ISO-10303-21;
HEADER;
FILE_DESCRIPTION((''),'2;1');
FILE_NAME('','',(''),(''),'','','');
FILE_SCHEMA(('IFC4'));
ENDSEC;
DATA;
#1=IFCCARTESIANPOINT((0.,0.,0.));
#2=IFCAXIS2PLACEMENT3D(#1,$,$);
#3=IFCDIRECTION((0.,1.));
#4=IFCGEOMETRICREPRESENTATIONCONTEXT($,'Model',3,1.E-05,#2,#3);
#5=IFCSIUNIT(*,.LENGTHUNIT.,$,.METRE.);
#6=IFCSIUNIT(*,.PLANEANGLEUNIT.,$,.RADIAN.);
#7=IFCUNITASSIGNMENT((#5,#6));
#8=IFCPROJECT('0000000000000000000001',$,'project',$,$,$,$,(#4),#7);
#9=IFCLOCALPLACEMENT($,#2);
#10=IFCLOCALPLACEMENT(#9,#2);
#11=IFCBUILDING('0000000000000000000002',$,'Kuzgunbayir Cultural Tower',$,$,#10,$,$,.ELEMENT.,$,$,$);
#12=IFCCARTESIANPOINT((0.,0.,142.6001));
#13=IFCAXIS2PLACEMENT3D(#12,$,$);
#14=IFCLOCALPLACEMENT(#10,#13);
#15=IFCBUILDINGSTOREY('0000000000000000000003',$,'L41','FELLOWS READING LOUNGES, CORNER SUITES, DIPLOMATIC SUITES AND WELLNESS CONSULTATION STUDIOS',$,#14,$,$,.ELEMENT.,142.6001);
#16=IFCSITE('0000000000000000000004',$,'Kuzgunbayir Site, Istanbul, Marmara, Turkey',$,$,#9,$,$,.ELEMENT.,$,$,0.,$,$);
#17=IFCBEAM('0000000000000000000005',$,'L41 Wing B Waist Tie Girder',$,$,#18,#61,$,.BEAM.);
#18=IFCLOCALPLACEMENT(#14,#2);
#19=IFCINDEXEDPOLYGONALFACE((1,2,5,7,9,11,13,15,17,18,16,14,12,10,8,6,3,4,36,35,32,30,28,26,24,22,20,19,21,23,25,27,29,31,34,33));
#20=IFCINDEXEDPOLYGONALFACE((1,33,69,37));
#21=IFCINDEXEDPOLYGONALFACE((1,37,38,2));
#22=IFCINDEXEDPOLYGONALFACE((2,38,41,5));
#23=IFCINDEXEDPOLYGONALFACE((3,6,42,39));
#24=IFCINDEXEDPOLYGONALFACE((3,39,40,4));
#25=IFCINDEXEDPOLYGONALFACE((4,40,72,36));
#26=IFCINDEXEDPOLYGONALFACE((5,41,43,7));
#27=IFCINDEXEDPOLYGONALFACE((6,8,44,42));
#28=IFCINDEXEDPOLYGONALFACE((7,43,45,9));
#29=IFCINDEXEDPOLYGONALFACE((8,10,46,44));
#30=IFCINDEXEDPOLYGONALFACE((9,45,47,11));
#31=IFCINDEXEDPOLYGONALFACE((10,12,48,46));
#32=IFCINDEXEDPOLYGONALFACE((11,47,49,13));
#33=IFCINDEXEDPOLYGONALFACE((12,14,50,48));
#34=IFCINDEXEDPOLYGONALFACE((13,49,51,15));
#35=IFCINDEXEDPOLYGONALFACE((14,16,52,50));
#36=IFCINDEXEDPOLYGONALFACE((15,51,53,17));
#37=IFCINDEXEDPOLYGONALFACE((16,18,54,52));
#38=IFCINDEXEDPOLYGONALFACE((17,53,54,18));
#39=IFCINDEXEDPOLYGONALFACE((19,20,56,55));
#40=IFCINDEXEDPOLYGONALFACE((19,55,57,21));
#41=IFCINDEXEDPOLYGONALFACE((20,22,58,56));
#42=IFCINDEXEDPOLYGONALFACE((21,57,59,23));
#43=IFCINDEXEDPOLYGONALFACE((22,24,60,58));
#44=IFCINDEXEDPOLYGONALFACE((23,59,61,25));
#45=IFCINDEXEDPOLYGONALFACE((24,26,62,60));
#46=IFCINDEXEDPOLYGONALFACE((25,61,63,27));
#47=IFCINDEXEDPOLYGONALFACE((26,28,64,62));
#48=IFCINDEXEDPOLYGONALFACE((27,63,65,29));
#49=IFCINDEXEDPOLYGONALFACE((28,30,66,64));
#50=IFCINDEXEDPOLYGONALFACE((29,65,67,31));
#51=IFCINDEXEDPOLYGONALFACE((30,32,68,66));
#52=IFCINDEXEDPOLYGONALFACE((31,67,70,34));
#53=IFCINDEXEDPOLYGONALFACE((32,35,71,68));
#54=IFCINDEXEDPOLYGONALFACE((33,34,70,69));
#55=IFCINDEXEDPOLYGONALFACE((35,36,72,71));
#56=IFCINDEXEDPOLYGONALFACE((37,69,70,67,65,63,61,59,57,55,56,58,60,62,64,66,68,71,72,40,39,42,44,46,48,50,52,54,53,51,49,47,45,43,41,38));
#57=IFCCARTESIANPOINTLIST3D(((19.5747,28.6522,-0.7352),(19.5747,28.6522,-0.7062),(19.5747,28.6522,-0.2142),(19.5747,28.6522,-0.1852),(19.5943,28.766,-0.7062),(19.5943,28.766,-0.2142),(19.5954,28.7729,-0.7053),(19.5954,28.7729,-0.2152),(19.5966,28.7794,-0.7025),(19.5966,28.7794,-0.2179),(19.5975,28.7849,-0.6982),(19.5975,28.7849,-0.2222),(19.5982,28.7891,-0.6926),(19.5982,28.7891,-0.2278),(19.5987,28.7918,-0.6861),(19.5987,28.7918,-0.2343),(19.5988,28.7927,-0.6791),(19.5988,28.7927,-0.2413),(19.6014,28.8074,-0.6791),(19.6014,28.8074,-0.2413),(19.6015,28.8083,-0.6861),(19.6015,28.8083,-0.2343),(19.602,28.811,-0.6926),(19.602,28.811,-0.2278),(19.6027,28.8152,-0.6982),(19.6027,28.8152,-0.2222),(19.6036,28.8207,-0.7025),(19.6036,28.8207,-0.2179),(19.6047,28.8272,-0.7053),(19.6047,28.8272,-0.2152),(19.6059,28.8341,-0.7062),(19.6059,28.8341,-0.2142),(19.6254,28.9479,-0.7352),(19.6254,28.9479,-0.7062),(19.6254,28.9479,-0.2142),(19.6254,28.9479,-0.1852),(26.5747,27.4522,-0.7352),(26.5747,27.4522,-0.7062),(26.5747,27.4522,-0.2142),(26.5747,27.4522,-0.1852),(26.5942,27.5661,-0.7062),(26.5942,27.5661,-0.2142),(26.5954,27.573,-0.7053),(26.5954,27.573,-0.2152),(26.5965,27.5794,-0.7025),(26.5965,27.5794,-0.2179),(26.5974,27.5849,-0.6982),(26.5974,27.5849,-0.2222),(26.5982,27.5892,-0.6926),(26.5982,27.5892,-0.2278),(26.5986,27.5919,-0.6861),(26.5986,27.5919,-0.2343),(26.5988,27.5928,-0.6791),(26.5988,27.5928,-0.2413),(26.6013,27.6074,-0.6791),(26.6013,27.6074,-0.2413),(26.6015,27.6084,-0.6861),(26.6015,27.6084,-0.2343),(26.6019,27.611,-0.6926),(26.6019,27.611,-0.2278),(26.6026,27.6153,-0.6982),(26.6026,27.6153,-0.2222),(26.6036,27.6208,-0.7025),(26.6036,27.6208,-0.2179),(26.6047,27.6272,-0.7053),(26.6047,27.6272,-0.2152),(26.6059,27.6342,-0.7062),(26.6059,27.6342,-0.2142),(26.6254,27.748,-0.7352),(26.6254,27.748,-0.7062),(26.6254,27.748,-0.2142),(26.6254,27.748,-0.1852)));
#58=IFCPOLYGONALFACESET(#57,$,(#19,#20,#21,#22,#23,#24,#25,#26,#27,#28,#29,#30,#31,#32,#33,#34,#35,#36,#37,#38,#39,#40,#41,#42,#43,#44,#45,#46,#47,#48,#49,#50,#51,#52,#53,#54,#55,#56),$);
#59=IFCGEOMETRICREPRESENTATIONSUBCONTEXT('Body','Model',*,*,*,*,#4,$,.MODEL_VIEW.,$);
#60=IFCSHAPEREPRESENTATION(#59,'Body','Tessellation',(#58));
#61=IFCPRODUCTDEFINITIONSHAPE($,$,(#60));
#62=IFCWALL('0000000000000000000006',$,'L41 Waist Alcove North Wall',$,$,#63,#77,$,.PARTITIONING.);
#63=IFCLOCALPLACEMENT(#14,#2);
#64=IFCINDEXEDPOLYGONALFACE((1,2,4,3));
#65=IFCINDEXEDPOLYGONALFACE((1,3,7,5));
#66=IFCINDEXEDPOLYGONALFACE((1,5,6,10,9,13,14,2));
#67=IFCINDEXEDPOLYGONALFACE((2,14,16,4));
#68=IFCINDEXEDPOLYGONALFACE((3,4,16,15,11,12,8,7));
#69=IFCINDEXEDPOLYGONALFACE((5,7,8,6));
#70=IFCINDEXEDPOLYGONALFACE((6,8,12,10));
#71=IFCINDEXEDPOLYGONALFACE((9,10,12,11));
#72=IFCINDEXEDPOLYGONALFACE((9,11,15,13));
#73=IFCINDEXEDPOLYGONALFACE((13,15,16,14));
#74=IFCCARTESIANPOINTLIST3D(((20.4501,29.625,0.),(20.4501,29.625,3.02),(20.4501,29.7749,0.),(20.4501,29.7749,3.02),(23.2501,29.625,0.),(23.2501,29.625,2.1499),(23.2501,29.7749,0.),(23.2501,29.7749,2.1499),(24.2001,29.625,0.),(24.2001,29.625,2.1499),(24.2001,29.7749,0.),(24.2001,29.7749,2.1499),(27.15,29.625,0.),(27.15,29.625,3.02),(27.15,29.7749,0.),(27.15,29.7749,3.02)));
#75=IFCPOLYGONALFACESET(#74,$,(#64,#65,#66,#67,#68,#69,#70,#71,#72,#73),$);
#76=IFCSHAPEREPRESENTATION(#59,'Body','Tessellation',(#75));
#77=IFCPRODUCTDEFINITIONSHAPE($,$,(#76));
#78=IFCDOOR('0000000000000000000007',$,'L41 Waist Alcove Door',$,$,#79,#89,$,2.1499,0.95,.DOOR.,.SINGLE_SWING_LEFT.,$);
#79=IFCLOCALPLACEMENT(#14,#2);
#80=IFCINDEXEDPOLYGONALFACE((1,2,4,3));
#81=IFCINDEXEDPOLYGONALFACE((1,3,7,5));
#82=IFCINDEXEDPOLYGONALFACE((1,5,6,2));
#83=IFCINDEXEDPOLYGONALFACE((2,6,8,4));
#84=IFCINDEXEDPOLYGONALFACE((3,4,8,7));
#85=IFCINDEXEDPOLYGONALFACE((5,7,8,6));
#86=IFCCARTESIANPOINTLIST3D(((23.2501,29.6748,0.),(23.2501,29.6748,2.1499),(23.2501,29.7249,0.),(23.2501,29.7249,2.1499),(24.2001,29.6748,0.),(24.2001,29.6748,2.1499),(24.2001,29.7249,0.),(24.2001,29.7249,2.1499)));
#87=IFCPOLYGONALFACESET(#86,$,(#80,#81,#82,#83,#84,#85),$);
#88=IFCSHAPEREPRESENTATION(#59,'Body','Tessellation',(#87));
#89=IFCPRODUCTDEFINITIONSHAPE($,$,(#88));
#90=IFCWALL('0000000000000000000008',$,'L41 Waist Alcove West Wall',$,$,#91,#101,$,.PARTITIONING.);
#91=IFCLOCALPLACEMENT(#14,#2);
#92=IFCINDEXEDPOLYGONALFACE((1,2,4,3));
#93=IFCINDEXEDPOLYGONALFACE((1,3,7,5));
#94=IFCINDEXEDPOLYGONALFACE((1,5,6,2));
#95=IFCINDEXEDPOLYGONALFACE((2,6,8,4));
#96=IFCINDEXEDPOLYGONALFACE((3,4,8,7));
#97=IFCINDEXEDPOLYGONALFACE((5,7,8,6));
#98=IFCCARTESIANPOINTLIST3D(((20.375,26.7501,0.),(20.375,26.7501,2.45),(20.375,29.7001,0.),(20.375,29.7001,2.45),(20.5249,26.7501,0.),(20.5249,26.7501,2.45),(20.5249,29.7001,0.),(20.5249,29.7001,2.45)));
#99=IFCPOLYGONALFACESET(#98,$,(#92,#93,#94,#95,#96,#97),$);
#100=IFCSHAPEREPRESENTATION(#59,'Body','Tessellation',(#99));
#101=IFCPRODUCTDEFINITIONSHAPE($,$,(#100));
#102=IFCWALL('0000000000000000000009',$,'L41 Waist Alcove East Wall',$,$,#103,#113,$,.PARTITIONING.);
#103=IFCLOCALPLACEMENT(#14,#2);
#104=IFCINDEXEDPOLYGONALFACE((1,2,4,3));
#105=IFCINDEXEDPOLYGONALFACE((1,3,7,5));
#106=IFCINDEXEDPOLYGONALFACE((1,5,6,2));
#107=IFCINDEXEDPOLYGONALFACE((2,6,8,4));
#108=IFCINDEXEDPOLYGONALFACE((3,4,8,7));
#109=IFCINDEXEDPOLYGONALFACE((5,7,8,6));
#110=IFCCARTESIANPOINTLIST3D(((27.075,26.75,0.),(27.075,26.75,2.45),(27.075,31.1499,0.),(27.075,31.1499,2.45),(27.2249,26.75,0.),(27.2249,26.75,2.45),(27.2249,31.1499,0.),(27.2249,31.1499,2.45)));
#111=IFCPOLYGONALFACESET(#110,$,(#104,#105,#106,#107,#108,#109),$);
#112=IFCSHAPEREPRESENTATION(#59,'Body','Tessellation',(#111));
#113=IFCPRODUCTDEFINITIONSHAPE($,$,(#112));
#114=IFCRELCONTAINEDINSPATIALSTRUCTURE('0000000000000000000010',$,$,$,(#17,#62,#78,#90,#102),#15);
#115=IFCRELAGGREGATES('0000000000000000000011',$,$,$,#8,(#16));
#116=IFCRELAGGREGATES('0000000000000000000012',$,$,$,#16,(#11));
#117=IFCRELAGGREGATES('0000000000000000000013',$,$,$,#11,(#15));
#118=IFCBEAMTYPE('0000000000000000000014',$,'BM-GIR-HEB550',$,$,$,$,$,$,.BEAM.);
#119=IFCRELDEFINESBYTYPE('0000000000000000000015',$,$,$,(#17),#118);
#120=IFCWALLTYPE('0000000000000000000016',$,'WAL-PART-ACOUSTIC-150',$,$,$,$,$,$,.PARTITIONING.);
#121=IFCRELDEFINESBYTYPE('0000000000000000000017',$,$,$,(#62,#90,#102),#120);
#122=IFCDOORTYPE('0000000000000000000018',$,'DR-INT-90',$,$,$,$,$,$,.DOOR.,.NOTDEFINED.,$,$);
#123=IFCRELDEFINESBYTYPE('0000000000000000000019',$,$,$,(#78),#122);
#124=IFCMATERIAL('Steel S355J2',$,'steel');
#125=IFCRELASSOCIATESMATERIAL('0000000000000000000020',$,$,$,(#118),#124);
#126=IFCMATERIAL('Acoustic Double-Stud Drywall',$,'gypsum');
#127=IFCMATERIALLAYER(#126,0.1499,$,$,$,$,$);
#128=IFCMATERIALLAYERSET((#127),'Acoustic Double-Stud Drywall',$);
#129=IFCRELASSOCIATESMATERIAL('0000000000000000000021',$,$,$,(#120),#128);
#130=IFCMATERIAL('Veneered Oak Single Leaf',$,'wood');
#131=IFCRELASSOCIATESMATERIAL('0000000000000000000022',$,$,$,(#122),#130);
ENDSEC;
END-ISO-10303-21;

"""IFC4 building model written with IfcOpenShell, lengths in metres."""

from ifc_helpers import new_model, si_unit, direction, frame, frame_2d, origin, origin_2d, place, context, subcontext, project, spatial, rectangle, i_section, extrude, material, layer, layer_set, material_profile, profile_set, type_object, element, fill, save


model = new_model("IFC4")

# Units and contexts
model_context = context("Model", 3, precision=1e-05, world=origin(), true_north=direction((0.0, 1.0)))
body_context = subcontext(model_context, "Body", "Model", "MODEL_VIEW")
ifc_project = project(units=[si_unit("LENGTHUNIT", "METRE"), si_unit("PLANEANGLEUNIT", "RADIAN")], contexts=[model_context])

# Site, building, storey
site_placement = place(None, origin())
site = spatial("IfcSite", under=ifc_project, at=site_placement, Name="Kuzgunbayir Site, Istanbul, Marmara, Turkey", CompositionType="ELEMENT", RefElevation=0.0)
building_placement = place(site_placement, origin())
building = spatial("IfcBuilding", under=site, at=building_placement, Name="Kuzgunbayir Cultural Tower", CompositionType="ELEMENT")
storey_placement = place(building_placement, frame((0.0, 0.0, 142.6001)))
storey = spatial("IfcBuildingStorey", under=building, at=storey_placement, Name="L41", Description="FELLOWS READING LOUNGES, CORNER SUITES, DIPLOMATIC SUITES AND WELLNESS CONSULTATION STUDIOS", CompositionType="ELEMENT", Elevation=142.6001)

# Beam
ifc_material_1 = material(Name="Steel S355J2", Category="steel")
ifc_material_profile_1 = material_profile(ifc_material_1, i_section(OverallWidth=0.3, OverallDepth=0.55, WebThickness=0.0149, FlangeThickness=0.0291, FilletRadius=0.0271, at=origin_2d()), Name="HEB 550")
ifc_profile_set_1 = profile_set([ifc_material_profile_1], Name="Steel S355J2")
beam_type_1 = type_object("IfcBeamType", Name="BM-GIR-HEB550", PredefinedType="BEAM", material=ifc_profile_set_1)
beam_1_placement = place(storey_placement, frame((19.6001, 28.8, -0.4602), z_axis=(0.985623, -0.168957, 0.0), x_axis=(0.168957, 0.985623, 0.0)))
element("IfcBeam", 1, at=beam_1_placement, inside=storey, type_object=beam_type_1, Name="L41 Wing B Waist Tie Girder", PredefinedType="BEAM", context=body_context, shape_type="SweptSolid", body=[
    extrude(i_section(OverallWidth=0.3, OverallDepth=0.55, WebThickness=0.0149, FlangeThickness=0.0291, FilletRadius=0.0271, at=origin_2d()), origin(), (0.0, 0.0, 1.0), 7.1021),
])

# Wall, opening, door
ifc_material_2 = material(Name="Acoustic Double-Stud Drywall", Category="gypsum")
ifc_layer_1 = layer(ifc_material_2, 0.1499)
ifc_layer_set_1 = layer_set([ifc_layer_1], Name="Acoustic Double-Stud Drywall")
wall_type_1 = type_object("IfcWallType", Name="WAL-PART-ACOUSTIC-150", PredefinedType="PARTITIONING", material=ifc_layer_set_1)
wall_1_placement = place(storey_placement, frame((20.45, 29.7, 0.0), z_axis=(0.0, 0.0, 1.0), x_axis=(1.0, 0.0, 0.0)))
wall_1 = element("IfcWall", 2, at=wall_1_placement, inside=storey, type_object=wall_type_1, Name="L41 Waist Alcove North Wall", PredefinedType="PARTITIONING", context=body_context, shape_type="SweptSolid", body=[
    extrude(rectangle(XDim=6.7, YDim=0.1499, at=frame_2d((3.3501, 0.0))), origin(), (0.0, 0.0, 1.0), 3.02),
])
opening_1_placement = place(wall_1_placement, frame((2.8, 0.0, 0.0)))
opening_1 = element("IfcOpeningElement", 3, at=opening_1_placement, cuts=wall_1, PredefinedType="OPENING", context=body_context, shape_type="SweptSolid", body=[
    extrude(rectangle(XDim=0.95, YDim=2.1499, at=frame_2d((0.4751, 1.075))), frame((0.0, 0.085, 0.0), z_axis=(0.0, -1.0, 0.0), x_axis=(1.0, 0.0, 0.0)), (0.0, 0.0, 1.0), 0.1699),
])
ifc_material_3 = material(Name="Veneered Oak Single Leaf", Category="wood")
door_type = type_object("IfcDoorType", Name="DR-INT-90", OperationType="NOTDEFINED", PredefinedType="DOOR", material=ifc_material_3)
door_1_placement = place(opening_1_placement, origin())
door_1 = element("IfcDoor", 4, at=door_1_placement, inside=storey, type_object=door_type, Name="L41 Waist Alcove Door", OperationType="SINGLE_SWING_LEFT", OverallHeight=2.1499, OverallWidth=0.95, PredefinedType="DOOR", context=body_context, shape_type="SweptSolid", body=[
    extrude(rectangle(XDim=0.95, YDim=2.1499, at=frame_2d((0.4751, 1.075))), frame((0.0, 0.0249, 0.0), z_axis=(0.0, -1.0, 0.0), x_axis=(1.0, 0.0, 0.0)), (0.0, 0.0, 1.0), 0.05),
])
fill(opening_1, door_1)

# Walls
wall_2_placement = place(storey_placement, frame((20.45, 26.75, 0.0), z_axis=(0.0, 0.0, 1.0), x_axis=(0.0, 1.0, 0.0)))
element("IfcWall", 5, at=wall_2_placement, inside=storey, type_object=wall_type_1, Name="L41 Waist Alcove West Wall", PredefinedType="PARTITIONING", context=body_context, shape_type="SweptSolid", body=[
    extrude(rectangle(XDim=2.95, YDim=0.1499, at=frame_2d((1.4751, 0.0))), origin(), (0.0, 0.0, 1.0), 2.45),
])
wall_3_placement = place(storey_placement, frame((27.1499, 26.75, 0.0), z_axis=(0.0, 0.0, 1.0), x_axis=(0.0, 1.0, 0.0)))
element("IfcWall", 6, at=wall_3_placement, inside=storey, type_object=wall_type_1, Name="L41 Waist Alcove East Wall", PredefinedType="PARTITIONING", context=body_context, shape_type="SweptSolid", body=[
    extrude(rectangle(XDim=4.3999, YDim=0.1499, at=frame_2d((2.2, 0.0))), origin(), (0.0, 0.0, 1.0), 2.45),
])

save(model, "model.ifc")
